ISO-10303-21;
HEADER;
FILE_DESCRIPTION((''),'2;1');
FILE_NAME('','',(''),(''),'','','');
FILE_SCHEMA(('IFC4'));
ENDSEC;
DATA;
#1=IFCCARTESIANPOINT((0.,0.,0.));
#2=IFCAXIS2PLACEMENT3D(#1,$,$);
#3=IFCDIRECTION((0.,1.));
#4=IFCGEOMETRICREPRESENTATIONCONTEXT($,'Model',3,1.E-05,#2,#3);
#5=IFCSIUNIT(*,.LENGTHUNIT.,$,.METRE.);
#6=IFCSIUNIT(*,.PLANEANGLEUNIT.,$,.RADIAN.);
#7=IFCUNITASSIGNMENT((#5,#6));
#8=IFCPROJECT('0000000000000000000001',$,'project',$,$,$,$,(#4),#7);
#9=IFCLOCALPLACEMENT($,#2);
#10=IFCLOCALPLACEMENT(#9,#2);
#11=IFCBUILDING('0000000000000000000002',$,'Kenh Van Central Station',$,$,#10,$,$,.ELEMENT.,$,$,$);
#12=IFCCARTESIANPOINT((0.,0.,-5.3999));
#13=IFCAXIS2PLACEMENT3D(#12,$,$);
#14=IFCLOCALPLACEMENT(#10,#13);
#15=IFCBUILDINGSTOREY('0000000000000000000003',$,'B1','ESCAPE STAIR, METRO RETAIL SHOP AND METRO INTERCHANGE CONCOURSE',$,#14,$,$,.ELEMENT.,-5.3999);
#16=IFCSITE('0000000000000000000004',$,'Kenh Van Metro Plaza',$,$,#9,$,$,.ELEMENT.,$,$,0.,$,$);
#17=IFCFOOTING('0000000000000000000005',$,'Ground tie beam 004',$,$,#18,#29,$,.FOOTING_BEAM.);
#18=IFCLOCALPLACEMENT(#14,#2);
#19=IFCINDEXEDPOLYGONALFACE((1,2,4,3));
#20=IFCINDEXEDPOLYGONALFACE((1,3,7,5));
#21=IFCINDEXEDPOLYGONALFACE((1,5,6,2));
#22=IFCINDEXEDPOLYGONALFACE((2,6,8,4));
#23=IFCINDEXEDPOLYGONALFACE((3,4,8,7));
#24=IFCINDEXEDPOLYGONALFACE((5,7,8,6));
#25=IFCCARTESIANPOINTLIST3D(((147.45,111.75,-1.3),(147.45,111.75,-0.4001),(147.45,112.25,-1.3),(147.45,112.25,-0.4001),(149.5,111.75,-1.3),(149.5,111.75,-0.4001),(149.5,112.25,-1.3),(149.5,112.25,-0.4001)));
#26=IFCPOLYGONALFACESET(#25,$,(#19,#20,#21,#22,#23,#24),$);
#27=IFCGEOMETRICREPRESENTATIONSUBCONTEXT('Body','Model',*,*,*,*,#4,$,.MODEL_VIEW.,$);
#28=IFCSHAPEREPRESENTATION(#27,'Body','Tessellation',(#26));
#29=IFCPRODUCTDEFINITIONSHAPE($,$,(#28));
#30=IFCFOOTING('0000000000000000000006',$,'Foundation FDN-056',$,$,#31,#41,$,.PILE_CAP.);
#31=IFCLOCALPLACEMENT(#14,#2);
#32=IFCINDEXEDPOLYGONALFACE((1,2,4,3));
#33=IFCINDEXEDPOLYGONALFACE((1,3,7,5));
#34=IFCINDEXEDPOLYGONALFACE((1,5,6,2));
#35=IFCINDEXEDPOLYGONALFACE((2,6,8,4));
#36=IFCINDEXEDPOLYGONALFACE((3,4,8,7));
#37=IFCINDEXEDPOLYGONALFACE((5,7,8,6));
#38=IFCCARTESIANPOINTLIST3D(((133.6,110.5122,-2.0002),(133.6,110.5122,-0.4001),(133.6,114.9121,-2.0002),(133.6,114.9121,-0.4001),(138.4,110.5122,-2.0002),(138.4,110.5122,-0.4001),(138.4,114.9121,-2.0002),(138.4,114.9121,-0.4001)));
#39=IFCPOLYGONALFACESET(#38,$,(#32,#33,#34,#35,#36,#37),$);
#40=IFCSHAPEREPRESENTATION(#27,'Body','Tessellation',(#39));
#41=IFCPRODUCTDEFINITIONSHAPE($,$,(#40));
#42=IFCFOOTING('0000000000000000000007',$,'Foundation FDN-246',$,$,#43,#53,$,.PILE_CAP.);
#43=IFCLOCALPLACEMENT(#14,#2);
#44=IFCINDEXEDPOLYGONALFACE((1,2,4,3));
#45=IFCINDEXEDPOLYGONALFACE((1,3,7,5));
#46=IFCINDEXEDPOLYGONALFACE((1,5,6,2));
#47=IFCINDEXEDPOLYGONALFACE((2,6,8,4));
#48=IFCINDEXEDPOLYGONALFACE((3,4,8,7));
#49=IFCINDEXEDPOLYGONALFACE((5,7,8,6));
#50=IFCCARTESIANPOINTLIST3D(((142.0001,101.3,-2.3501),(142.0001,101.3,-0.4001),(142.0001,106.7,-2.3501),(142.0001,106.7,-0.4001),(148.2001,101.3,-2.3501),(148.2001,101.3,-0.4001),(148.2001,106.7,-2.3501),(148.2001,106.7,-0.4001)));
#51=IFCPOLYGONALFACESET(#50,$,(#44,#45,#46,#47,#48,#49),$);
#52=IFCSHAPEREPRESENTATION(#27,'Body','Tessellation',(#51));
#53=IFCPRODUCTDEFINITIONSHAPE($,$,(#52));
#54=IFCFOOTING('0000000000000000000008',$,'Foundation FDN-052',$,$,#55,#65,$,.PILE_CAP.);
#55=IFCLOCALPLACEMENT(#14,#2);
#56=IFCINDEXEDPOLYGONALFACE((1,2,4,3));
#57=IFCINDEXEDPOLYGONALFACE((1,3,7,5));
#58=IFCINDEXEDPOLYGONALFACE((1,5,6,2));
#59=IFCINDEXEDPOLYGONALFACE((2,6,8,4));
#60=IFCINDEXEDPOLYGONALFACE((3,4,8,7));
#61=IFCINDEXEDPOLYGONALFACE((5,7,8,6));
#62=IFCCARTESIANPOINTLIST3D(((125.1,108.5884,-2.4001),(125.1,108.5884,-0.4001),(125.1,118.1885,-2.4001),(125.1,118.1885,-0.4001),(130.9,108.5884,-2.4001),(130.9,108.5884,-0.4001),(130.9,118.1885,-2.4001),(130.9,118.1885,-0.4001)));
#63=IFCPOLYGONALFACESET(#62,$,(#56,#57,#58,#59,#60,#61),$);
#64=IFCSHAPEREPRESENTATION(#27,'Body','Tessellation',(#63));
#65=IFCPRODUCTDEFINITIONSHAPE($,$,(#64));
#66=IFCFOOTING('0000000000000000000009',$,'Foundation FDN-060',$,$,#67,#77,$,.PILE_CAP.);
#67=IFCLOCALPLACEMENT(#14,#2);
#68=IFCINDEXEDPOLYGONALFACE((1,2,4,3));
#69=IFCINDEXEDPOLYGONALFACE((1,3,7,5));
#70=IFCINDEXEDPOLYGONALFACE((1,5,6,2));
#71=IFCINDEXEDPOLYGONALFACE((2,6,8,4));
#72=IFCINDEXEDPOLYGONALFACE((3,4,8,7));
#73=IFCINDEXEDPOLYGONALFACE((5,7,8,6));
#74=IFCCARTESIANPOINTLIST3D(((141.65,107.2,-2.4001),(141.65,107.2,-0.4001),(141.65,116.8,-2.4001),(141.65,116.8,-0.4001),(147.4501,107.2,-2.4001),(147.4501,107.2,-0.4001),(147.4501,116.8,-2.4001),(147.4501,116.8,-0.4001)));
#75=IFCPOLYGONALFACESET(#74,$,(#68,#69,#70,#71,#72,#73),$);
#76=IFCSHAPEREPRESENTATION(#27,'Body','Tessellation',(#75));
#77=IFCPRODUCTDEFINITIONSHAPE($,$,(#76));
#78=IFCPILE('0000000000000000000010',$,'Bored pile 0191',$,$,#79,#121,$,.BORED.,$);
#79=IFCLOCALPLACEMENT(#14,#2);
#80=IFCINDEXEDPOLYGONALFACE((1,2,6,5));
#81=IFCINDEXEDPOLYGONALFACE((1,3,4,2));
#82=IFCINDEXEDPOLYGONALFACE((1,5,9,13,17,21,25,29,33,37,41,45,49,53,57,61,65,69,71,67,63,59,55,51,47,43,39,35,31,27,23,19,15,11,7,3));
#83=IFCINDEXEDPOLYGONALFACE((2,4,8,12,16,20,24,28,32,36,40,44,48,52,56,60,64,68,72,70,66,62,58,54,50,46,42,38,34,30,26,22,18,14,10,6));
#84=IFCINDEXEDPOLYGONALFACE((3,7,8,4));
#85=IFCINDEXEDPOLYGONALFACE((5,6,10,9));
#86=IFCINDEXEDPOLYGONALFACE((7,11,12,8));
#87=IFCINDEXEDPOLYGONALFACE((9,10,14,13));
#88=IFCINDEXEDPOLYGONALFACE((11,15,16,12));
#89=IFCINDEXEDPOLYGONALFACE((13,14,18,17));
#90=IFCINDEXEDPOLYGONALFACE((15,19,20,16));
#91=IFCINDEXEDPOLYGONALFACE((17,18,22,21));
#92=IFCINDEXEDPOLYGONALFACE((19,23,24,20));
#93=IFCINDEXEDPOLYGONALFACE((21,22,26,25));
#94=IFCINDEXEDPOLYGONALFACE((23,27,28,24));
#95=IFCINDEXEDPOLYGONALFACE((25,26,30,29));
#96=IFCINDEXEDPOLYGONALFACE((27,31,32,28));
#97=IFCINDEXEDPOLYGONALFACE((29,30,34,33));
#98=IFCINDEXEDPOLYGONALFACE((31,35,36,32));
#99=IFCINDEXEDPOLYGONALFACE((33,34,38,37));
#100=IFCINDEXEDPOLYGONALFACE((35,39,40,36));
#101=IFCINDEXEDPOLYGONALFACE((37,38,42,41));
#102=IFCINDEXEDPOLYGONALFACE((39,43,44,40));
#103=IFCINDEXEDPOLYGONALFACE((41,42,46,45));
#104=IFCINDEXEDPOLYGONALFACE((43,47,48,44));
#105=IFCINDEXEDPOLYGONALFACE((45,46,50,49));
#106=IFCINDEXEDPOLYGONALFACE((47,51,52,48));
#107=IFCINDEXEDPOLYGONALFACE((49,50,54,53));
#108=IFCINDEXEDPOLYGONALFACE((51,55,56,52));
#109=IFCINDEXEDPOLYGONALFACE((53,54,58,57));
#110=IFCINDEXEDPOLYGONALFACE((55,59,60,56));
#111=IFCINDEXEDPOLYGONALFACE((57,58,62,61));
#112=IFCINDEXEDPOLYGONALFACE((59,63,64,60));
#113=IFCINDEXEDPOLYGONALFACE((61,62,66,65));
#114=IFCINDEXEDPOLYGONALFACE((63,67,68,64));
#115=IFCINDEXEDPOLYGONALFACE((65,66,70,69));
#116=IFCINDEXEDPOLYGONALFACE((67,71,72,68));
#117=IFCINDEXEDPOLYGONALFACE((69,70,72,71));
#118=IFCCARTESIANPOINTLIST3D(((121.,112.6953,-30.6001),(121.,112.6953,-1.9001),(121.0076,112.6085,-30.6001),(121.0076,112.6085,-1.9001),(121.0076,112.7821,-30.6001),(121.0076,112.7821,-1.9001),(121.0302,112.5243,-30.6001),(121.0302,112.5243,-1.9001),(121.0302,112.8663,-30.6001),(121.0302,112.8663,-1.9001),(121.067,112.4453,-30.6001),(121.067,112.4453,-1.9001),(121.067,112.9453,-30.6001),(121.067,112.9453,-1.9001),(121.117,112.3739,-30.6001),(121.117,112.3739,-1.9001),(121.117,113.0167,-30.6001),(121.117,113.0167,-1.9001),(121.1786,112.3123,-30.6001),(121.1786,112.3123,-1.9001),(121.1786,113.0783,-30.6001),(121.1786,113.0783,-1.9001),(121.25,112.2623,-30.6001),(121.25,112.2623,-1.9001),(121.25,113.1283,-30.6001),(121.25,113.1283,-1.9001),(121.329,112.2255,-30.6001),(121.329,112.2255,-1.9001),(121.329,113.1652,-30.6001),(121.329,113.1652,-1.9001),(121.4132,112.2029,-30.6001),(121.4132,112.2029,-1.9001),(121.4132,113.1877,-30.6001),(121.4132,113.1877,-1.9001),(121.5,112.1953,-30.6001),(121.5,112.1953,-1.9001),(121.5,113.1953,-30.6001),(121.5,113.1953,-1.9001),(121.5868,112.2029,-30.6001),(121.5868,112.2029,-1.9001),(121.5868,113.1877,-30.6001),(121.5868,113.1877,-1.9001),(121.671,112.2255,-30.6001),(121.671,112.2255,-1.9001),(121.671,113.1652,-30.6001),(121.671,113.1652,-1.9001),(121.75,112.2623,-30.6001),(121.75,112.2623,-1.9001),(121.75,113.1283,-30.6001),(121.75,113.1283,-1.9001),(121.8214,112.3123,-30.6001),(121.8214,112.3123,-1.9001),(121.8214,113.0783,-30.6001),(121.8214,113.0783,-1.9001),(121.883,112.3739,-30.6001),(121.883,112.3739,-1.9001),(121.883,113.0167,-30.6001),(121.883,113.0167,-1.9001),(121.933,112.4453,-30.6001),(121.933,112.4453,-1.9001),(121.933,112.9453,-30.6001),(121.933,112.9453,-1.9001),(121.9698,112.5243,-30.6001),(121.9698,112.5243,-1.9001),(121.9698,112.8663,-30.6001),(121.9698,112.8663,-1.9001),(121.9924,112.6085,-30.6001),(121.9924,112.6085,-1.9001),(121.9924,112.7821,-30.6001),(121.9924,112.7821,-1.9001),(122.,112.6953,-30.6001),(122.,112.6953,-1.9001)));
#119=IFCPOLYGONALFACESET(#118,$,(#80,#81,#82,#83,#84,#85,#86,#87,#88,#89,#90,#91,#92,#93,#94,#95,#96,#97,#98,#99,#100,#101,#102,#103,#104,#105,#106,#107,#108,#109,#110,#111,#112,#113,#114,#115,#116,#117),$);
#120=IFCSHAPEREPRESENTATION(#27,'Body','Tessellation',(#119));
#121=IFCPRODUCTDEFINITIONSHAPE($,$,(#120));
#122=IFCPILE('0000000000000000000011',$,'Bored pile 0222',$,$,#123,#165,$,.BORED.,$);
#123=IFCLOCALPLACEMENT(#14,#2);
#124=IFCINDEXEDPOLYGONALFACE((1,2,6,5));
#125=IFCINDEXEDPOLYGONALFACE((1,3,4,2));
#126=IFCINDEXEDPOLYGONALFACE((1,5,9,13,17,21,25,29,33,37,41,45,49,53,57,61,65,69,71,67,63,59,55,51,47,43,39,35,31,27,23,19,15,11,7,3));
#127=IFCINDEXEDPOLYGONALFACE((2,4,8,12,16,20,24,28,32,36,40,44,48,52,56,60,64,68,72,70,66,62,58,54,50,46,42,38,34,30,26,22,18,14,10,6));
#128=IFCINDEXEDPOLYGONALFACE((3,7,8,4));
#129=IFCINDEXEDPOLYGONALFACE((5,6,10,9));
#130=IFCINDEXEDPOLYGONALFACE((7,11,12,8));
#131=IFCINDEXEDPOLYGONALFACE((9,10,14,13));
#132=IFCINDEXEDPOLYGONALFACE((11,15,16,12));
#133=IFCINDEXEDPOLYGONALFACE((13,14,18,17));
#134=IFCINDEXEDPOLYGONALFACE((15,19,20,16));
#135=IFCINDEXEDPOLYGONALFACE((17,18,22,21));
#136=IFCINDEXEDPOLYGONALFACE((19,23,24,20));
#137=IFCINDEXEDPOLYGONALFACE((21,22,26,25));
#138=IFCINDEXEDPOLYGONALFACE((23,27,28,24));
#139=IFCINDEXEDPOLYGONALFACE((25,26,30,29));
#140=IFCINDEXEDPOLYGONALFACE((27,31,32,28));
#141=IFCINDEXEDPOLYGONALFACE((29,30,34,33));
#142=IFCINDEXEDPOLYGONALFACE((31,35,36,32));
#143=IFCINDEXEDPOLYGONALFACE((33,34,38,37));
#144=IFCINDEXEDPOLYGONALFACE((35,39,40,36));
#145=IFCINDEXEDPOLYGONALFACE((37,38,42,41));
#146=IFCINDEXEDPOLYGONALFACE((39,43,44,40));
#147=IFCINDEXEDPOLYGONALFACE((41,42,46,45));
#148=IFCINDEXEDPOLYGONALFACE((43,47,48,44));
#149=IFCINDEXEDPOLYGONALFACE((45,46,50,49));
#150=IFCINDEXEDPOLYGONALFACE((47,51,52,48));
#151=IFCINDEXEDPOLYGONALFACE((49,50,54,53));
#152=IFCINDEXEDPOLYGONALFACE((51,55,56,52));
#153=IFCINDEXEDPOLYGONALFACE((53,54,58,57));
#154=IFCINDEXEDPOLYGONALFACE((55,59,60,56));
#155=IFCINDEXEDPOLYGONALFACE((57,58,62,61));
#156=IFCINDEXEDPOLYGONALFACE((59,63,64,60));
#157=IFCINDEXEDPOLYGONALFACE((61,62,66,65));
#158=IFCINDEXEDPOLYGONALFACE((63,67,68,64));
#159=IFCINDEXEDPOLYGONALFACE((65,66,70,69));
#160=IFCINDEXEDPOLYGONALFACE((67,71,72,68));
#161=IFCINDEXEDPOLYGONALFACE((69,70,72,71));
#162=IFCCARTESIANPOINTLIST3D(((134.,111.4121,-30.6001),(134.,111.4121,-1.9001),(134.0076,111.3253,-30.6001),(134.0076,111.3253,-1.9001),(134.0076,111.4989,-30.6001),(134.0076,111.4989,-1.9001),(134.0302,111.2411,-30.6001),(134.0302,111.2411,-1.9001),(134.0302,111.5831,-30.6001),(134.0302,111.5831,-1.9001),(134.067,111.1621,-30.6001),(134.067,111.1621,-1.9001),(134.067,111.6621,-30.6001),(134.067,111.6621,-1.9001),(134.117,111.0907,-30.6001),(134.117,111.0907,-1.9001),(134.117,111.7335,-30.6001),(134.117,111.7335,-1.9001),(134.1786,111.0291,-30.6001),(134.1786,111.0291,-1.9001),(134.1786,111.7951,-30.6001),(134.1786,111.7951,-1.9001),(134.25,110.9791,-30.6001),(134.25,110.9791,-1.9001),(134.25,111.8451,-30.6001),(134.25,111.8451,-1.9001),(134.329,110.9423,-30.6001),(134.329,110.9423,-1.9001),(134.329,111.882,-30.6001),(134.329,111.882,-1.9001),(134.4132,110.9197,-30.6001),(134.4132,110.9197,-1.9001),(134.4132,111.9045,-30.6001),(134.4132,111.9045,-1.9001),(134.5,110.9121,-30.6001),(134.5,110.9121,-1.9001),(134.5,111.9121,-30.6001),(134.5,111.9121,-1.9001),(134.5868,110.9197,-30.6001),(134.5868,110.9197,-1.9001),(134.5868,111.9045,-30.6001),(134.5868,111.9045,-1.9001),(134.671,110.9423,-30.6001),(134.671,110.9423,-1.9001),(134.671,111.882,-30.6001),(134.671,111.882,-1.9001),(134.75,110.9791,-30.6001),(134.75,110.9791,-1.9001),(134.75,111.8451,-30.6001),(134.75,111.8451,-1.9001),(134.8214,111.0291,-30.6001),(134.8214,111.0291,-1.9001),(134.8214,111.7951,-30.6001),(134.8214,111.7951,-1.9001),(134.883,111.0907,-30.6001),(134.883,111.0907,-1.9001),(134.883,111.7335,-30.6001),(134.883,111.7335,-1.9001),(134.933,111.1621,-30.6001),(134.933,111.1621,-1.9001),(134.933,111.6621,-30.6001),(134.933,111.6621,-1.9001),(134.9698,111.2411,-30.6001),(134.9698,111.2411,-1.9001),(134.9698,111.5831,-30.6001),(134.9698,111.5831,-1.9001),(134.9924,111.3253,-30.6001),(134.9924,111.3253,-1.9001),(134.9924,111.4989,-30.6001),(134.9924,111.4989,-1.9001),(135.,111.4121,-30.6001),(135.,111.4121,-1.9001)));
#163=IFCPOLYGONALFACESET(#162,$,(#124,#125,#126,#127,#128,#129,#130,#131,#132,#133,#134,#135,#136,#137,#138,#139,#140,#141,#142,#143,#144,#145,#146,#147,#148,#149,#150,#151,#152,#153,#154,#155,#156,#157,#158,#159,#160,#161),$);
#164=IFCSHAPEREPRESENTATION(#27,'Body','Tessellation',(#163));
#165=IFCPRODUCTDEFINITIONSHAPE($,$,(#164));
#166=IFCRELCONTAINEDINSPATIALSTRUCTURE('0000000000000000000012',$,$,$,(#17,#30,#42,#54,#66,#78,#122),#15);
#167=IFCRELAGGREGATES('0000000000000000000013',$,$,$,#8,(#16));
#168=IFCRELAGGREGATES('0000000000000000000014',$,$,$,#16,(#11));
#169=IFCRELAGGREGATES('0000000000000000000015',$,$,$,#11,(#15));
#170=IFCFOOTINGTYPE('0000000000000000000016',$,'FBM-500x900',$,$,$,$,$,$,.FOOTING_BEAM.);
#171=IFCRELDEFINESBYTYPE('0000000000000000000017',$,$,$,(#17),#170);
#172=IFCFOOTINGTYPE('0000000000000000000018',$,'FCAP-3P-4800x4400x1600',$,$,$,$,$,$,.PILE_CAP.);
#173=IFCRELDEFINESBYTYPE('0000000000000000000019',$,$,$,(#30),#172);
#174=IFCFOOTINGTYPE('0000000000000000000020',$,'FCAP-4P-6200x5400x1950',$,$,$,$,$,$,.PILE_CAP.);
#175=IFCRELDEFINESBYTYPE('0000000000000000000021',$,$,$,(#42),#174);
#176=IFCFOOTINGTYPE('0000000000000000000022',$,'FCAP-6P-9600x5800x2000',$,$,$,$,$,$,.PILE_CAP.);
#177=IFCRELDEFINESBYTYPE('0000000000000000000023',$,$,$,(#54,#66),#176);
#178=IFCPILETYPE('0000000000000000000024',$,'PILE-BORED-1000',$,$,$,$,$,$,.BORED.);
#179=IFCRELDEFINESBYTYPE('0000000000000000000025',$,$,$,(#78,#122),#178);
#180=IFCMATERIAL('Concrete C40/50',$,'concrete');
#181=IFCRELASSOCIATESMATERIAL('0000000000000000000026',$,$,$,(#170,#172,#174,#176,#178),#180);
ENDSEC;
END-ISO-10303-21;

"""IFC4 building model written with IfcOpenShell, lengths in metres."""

from ifc_helpers import new_model, si_unit, direction, frame, origin, origin_2d, place, context, subcontext, project, spatial, rectangle, circle, extrude, material, material_profile, profile_set, type_object, element, save


model = new_model("IFC4")

# Units and contexts
model_context = context("Model", 3, precision=1e-05, world=origin(), true_north=direction((0.0, 1.0)))
body_context = subcontext(model_context, "Body", "Model", "MODEL_VIEW")
ifc_project = project(units=[si_unit("LENGTHUNIT", "METRE"), si_unit("PLANEANGLEUNIT", "RADIAN")], contexts=[model_context])

# Site, building, storey
site_placement = place(None, origin())
site = spatial("IfcSite", under=ifc_project, at=site_placement, Name="Kenh Van Metro Plaza", CompositionType="ELEMENT", RefElevation=0.0)
building_placement = place(site_placement, origin())
building = spatial("IfcBuilding", under=site, at=building_placement, Name="Kenh Van Central Station", CompositionType="ELEMENT")
storey_placement = place(building_placement, frame((0.0, 0.0, -5.3999)))
storey = spatial("IfcBuildingStorey", under=building, at=storey_placement, Name="B1", Description="ESCAPE STAIR, METRO RETAIL SHOP AND METRO INTERCHANGE CONCOURSE", CompositionType="ELEMENT", Elevation=-5.3999)

# Footings
ifc_material_1 = material(Name="Concrete C40/50", Category="concrete")
ifc_material_profile_1 = material_profile(ifc_material_1, rectangle(XDim=0.5, YDim=0.8999, at=origin_2d()), Name="RC 500x900")
ifc_profile_set_1 = profile_set([ifc_material_profile_1], Name="Concrete C40/50")
footing_type_1 = type_object("IfcFootingType", Name="FBM-500x900", PredefinedType="FOOTING_BEAM", material=ifc_profile_set_1)
footing_1_placement = place(storey_placement, frame((147.45, 112.0, -0.8501), z_axis=(1.0, 0.0, 0.0), x_axis=(0.0, 1.0, 0.0)))
element("IfcFooting", 1, at=footing_1_placement, inside=storey, type_object=footing_type_1, Name="Ground tie beam 004", PredefinedType="FOOTING_BEAM", context=body_context, shape_type="SweptSolid", body=[
    extrude(rectangle(XDim=0.5, YDim=0.8999, at=origin_2d()), origin(), (0.0, 0.0, 1.0), 2.05),
])
footing_type_2 = type_object("IfcFootingType", Name="FCAP-3P-4800x4400x1600", PredefinedType="PILE_CAP", material=ifc_material_1)
footing_2_placement = place(storey_placement, frame((136.0, 112.7122, -2.0002), z_axis=(0.0, 0.0, 1.0), x_axis=(1.0, 0.0, 0.0)))
element("IfcFooting", 2, at=footing_2_placement, inside=storey, type_object=footing_type_2, Name="Foundation FDN-056", PredefinedType="PILE_CAP", context=body_context, shape_type="SweptSolid", body=[
    extrude(rectangle(XDim=4.8, YDim=4.3999, at=origin_2d()), origin(), (0.0, 0.0, 1.0), 1.6001),
])
footing_type_3 = type_object("IfcFootingType", Name="FCAP-4P-6200x5400x1950", PredefinedType="PILE_CAP", material=ifc_material_1)
footing_3_placement = place(storey_placement, frame((145.1001, 104.0, -2.3501), z_axis=(0.0, 0.0, 1.0), x_axis=(1.0, 0.0, 0.0)))
element("IfcFooting", 3, at=footing_3_placement, inside=storey, type_object=footing_type_3, Name="Foundation FDN-246", PredefinedType="PILE_CAP", context=body_context, shape_type="SweptSolid", body=[
    extrude(rectangle(XDim=6.2, YDim=5.3999, at=origin_2d()), origin(), (0.0, 0.0, 1.0), 1.95),
])
footing_type_4 = type_object("IfcFootingType", Name="FCAP-6P-9600x5800x2000", PredefinedType="PILE_CAP", material=ifc_material_1)
for number, where, z_axis, x_axis, name in (
    (4, (128.0, 113.3884, -2.4001), (0.0, 0.0, 1.0), (0.0, 1.0, 0.0), "Foundation FDN-052"),
    (5, (144.55, 112.0, -2.4001), (0.0, 0.0, 1.0), (0.0, 1.0, 0.0), "Foundation FDN-060"),
):
    element("IfcFooting", number, at=place(storey_placement, frame(where, z_axis=z_axis, x_axis=x_axis)), inside=storey, type_object=footing_type_4, Name=name, PredefinedType="PILE_CAP", context=body_context, shape_type="SweptSolid", body=[
        extrude(rectangle(XDim=9.6001, YDim=5.8, at=origin_2d()), origin(), (0.0, 0.0, 1.0), 2.0),
    ])

# Piles
ifc_material_profile_2 = material_profile(ifc_material_1, circle(Radius=0.5, at=origin_2d()), Name="PILE D1000")
ifc_profile_set_2 = profile_set([ifc_material_profile_2], Name="Concrete C40/50")
pile_type_1 = type_object("IfcPileType", Name="PILE-BORED-1000", PredefinedType="BORED", material=ifc_profile_set_2)
for number, where, z_axis, x_axis, name in (
    (6, (121.5, 112.6953, -1.9001), (0.0, 0.0, -1.0), (1.0, 0.0, 0.0), "Bored pile 0191"),
    (7, (134.5, 111.4121, -1.9001), (0.0, 0.0, -1.0), (1.0, 0.0, 0.0), "Bored pile 0222"),
):
    element("IfcPile", number, at=place(storey_placement, frame(where, z_axis=z_axis, x_axis=x_axis)), inside=storey, type_object=pile_type_1, Name=name, PredefinedType="BORED", context=body_context, shape_type="SweptSolid", body=[
        extrude(circle(Radius=0.5, at=origin_2d()), origin(), (0.0, 0.0, 1.0), 28.7),
    ])

save(model, "model.ifc")
